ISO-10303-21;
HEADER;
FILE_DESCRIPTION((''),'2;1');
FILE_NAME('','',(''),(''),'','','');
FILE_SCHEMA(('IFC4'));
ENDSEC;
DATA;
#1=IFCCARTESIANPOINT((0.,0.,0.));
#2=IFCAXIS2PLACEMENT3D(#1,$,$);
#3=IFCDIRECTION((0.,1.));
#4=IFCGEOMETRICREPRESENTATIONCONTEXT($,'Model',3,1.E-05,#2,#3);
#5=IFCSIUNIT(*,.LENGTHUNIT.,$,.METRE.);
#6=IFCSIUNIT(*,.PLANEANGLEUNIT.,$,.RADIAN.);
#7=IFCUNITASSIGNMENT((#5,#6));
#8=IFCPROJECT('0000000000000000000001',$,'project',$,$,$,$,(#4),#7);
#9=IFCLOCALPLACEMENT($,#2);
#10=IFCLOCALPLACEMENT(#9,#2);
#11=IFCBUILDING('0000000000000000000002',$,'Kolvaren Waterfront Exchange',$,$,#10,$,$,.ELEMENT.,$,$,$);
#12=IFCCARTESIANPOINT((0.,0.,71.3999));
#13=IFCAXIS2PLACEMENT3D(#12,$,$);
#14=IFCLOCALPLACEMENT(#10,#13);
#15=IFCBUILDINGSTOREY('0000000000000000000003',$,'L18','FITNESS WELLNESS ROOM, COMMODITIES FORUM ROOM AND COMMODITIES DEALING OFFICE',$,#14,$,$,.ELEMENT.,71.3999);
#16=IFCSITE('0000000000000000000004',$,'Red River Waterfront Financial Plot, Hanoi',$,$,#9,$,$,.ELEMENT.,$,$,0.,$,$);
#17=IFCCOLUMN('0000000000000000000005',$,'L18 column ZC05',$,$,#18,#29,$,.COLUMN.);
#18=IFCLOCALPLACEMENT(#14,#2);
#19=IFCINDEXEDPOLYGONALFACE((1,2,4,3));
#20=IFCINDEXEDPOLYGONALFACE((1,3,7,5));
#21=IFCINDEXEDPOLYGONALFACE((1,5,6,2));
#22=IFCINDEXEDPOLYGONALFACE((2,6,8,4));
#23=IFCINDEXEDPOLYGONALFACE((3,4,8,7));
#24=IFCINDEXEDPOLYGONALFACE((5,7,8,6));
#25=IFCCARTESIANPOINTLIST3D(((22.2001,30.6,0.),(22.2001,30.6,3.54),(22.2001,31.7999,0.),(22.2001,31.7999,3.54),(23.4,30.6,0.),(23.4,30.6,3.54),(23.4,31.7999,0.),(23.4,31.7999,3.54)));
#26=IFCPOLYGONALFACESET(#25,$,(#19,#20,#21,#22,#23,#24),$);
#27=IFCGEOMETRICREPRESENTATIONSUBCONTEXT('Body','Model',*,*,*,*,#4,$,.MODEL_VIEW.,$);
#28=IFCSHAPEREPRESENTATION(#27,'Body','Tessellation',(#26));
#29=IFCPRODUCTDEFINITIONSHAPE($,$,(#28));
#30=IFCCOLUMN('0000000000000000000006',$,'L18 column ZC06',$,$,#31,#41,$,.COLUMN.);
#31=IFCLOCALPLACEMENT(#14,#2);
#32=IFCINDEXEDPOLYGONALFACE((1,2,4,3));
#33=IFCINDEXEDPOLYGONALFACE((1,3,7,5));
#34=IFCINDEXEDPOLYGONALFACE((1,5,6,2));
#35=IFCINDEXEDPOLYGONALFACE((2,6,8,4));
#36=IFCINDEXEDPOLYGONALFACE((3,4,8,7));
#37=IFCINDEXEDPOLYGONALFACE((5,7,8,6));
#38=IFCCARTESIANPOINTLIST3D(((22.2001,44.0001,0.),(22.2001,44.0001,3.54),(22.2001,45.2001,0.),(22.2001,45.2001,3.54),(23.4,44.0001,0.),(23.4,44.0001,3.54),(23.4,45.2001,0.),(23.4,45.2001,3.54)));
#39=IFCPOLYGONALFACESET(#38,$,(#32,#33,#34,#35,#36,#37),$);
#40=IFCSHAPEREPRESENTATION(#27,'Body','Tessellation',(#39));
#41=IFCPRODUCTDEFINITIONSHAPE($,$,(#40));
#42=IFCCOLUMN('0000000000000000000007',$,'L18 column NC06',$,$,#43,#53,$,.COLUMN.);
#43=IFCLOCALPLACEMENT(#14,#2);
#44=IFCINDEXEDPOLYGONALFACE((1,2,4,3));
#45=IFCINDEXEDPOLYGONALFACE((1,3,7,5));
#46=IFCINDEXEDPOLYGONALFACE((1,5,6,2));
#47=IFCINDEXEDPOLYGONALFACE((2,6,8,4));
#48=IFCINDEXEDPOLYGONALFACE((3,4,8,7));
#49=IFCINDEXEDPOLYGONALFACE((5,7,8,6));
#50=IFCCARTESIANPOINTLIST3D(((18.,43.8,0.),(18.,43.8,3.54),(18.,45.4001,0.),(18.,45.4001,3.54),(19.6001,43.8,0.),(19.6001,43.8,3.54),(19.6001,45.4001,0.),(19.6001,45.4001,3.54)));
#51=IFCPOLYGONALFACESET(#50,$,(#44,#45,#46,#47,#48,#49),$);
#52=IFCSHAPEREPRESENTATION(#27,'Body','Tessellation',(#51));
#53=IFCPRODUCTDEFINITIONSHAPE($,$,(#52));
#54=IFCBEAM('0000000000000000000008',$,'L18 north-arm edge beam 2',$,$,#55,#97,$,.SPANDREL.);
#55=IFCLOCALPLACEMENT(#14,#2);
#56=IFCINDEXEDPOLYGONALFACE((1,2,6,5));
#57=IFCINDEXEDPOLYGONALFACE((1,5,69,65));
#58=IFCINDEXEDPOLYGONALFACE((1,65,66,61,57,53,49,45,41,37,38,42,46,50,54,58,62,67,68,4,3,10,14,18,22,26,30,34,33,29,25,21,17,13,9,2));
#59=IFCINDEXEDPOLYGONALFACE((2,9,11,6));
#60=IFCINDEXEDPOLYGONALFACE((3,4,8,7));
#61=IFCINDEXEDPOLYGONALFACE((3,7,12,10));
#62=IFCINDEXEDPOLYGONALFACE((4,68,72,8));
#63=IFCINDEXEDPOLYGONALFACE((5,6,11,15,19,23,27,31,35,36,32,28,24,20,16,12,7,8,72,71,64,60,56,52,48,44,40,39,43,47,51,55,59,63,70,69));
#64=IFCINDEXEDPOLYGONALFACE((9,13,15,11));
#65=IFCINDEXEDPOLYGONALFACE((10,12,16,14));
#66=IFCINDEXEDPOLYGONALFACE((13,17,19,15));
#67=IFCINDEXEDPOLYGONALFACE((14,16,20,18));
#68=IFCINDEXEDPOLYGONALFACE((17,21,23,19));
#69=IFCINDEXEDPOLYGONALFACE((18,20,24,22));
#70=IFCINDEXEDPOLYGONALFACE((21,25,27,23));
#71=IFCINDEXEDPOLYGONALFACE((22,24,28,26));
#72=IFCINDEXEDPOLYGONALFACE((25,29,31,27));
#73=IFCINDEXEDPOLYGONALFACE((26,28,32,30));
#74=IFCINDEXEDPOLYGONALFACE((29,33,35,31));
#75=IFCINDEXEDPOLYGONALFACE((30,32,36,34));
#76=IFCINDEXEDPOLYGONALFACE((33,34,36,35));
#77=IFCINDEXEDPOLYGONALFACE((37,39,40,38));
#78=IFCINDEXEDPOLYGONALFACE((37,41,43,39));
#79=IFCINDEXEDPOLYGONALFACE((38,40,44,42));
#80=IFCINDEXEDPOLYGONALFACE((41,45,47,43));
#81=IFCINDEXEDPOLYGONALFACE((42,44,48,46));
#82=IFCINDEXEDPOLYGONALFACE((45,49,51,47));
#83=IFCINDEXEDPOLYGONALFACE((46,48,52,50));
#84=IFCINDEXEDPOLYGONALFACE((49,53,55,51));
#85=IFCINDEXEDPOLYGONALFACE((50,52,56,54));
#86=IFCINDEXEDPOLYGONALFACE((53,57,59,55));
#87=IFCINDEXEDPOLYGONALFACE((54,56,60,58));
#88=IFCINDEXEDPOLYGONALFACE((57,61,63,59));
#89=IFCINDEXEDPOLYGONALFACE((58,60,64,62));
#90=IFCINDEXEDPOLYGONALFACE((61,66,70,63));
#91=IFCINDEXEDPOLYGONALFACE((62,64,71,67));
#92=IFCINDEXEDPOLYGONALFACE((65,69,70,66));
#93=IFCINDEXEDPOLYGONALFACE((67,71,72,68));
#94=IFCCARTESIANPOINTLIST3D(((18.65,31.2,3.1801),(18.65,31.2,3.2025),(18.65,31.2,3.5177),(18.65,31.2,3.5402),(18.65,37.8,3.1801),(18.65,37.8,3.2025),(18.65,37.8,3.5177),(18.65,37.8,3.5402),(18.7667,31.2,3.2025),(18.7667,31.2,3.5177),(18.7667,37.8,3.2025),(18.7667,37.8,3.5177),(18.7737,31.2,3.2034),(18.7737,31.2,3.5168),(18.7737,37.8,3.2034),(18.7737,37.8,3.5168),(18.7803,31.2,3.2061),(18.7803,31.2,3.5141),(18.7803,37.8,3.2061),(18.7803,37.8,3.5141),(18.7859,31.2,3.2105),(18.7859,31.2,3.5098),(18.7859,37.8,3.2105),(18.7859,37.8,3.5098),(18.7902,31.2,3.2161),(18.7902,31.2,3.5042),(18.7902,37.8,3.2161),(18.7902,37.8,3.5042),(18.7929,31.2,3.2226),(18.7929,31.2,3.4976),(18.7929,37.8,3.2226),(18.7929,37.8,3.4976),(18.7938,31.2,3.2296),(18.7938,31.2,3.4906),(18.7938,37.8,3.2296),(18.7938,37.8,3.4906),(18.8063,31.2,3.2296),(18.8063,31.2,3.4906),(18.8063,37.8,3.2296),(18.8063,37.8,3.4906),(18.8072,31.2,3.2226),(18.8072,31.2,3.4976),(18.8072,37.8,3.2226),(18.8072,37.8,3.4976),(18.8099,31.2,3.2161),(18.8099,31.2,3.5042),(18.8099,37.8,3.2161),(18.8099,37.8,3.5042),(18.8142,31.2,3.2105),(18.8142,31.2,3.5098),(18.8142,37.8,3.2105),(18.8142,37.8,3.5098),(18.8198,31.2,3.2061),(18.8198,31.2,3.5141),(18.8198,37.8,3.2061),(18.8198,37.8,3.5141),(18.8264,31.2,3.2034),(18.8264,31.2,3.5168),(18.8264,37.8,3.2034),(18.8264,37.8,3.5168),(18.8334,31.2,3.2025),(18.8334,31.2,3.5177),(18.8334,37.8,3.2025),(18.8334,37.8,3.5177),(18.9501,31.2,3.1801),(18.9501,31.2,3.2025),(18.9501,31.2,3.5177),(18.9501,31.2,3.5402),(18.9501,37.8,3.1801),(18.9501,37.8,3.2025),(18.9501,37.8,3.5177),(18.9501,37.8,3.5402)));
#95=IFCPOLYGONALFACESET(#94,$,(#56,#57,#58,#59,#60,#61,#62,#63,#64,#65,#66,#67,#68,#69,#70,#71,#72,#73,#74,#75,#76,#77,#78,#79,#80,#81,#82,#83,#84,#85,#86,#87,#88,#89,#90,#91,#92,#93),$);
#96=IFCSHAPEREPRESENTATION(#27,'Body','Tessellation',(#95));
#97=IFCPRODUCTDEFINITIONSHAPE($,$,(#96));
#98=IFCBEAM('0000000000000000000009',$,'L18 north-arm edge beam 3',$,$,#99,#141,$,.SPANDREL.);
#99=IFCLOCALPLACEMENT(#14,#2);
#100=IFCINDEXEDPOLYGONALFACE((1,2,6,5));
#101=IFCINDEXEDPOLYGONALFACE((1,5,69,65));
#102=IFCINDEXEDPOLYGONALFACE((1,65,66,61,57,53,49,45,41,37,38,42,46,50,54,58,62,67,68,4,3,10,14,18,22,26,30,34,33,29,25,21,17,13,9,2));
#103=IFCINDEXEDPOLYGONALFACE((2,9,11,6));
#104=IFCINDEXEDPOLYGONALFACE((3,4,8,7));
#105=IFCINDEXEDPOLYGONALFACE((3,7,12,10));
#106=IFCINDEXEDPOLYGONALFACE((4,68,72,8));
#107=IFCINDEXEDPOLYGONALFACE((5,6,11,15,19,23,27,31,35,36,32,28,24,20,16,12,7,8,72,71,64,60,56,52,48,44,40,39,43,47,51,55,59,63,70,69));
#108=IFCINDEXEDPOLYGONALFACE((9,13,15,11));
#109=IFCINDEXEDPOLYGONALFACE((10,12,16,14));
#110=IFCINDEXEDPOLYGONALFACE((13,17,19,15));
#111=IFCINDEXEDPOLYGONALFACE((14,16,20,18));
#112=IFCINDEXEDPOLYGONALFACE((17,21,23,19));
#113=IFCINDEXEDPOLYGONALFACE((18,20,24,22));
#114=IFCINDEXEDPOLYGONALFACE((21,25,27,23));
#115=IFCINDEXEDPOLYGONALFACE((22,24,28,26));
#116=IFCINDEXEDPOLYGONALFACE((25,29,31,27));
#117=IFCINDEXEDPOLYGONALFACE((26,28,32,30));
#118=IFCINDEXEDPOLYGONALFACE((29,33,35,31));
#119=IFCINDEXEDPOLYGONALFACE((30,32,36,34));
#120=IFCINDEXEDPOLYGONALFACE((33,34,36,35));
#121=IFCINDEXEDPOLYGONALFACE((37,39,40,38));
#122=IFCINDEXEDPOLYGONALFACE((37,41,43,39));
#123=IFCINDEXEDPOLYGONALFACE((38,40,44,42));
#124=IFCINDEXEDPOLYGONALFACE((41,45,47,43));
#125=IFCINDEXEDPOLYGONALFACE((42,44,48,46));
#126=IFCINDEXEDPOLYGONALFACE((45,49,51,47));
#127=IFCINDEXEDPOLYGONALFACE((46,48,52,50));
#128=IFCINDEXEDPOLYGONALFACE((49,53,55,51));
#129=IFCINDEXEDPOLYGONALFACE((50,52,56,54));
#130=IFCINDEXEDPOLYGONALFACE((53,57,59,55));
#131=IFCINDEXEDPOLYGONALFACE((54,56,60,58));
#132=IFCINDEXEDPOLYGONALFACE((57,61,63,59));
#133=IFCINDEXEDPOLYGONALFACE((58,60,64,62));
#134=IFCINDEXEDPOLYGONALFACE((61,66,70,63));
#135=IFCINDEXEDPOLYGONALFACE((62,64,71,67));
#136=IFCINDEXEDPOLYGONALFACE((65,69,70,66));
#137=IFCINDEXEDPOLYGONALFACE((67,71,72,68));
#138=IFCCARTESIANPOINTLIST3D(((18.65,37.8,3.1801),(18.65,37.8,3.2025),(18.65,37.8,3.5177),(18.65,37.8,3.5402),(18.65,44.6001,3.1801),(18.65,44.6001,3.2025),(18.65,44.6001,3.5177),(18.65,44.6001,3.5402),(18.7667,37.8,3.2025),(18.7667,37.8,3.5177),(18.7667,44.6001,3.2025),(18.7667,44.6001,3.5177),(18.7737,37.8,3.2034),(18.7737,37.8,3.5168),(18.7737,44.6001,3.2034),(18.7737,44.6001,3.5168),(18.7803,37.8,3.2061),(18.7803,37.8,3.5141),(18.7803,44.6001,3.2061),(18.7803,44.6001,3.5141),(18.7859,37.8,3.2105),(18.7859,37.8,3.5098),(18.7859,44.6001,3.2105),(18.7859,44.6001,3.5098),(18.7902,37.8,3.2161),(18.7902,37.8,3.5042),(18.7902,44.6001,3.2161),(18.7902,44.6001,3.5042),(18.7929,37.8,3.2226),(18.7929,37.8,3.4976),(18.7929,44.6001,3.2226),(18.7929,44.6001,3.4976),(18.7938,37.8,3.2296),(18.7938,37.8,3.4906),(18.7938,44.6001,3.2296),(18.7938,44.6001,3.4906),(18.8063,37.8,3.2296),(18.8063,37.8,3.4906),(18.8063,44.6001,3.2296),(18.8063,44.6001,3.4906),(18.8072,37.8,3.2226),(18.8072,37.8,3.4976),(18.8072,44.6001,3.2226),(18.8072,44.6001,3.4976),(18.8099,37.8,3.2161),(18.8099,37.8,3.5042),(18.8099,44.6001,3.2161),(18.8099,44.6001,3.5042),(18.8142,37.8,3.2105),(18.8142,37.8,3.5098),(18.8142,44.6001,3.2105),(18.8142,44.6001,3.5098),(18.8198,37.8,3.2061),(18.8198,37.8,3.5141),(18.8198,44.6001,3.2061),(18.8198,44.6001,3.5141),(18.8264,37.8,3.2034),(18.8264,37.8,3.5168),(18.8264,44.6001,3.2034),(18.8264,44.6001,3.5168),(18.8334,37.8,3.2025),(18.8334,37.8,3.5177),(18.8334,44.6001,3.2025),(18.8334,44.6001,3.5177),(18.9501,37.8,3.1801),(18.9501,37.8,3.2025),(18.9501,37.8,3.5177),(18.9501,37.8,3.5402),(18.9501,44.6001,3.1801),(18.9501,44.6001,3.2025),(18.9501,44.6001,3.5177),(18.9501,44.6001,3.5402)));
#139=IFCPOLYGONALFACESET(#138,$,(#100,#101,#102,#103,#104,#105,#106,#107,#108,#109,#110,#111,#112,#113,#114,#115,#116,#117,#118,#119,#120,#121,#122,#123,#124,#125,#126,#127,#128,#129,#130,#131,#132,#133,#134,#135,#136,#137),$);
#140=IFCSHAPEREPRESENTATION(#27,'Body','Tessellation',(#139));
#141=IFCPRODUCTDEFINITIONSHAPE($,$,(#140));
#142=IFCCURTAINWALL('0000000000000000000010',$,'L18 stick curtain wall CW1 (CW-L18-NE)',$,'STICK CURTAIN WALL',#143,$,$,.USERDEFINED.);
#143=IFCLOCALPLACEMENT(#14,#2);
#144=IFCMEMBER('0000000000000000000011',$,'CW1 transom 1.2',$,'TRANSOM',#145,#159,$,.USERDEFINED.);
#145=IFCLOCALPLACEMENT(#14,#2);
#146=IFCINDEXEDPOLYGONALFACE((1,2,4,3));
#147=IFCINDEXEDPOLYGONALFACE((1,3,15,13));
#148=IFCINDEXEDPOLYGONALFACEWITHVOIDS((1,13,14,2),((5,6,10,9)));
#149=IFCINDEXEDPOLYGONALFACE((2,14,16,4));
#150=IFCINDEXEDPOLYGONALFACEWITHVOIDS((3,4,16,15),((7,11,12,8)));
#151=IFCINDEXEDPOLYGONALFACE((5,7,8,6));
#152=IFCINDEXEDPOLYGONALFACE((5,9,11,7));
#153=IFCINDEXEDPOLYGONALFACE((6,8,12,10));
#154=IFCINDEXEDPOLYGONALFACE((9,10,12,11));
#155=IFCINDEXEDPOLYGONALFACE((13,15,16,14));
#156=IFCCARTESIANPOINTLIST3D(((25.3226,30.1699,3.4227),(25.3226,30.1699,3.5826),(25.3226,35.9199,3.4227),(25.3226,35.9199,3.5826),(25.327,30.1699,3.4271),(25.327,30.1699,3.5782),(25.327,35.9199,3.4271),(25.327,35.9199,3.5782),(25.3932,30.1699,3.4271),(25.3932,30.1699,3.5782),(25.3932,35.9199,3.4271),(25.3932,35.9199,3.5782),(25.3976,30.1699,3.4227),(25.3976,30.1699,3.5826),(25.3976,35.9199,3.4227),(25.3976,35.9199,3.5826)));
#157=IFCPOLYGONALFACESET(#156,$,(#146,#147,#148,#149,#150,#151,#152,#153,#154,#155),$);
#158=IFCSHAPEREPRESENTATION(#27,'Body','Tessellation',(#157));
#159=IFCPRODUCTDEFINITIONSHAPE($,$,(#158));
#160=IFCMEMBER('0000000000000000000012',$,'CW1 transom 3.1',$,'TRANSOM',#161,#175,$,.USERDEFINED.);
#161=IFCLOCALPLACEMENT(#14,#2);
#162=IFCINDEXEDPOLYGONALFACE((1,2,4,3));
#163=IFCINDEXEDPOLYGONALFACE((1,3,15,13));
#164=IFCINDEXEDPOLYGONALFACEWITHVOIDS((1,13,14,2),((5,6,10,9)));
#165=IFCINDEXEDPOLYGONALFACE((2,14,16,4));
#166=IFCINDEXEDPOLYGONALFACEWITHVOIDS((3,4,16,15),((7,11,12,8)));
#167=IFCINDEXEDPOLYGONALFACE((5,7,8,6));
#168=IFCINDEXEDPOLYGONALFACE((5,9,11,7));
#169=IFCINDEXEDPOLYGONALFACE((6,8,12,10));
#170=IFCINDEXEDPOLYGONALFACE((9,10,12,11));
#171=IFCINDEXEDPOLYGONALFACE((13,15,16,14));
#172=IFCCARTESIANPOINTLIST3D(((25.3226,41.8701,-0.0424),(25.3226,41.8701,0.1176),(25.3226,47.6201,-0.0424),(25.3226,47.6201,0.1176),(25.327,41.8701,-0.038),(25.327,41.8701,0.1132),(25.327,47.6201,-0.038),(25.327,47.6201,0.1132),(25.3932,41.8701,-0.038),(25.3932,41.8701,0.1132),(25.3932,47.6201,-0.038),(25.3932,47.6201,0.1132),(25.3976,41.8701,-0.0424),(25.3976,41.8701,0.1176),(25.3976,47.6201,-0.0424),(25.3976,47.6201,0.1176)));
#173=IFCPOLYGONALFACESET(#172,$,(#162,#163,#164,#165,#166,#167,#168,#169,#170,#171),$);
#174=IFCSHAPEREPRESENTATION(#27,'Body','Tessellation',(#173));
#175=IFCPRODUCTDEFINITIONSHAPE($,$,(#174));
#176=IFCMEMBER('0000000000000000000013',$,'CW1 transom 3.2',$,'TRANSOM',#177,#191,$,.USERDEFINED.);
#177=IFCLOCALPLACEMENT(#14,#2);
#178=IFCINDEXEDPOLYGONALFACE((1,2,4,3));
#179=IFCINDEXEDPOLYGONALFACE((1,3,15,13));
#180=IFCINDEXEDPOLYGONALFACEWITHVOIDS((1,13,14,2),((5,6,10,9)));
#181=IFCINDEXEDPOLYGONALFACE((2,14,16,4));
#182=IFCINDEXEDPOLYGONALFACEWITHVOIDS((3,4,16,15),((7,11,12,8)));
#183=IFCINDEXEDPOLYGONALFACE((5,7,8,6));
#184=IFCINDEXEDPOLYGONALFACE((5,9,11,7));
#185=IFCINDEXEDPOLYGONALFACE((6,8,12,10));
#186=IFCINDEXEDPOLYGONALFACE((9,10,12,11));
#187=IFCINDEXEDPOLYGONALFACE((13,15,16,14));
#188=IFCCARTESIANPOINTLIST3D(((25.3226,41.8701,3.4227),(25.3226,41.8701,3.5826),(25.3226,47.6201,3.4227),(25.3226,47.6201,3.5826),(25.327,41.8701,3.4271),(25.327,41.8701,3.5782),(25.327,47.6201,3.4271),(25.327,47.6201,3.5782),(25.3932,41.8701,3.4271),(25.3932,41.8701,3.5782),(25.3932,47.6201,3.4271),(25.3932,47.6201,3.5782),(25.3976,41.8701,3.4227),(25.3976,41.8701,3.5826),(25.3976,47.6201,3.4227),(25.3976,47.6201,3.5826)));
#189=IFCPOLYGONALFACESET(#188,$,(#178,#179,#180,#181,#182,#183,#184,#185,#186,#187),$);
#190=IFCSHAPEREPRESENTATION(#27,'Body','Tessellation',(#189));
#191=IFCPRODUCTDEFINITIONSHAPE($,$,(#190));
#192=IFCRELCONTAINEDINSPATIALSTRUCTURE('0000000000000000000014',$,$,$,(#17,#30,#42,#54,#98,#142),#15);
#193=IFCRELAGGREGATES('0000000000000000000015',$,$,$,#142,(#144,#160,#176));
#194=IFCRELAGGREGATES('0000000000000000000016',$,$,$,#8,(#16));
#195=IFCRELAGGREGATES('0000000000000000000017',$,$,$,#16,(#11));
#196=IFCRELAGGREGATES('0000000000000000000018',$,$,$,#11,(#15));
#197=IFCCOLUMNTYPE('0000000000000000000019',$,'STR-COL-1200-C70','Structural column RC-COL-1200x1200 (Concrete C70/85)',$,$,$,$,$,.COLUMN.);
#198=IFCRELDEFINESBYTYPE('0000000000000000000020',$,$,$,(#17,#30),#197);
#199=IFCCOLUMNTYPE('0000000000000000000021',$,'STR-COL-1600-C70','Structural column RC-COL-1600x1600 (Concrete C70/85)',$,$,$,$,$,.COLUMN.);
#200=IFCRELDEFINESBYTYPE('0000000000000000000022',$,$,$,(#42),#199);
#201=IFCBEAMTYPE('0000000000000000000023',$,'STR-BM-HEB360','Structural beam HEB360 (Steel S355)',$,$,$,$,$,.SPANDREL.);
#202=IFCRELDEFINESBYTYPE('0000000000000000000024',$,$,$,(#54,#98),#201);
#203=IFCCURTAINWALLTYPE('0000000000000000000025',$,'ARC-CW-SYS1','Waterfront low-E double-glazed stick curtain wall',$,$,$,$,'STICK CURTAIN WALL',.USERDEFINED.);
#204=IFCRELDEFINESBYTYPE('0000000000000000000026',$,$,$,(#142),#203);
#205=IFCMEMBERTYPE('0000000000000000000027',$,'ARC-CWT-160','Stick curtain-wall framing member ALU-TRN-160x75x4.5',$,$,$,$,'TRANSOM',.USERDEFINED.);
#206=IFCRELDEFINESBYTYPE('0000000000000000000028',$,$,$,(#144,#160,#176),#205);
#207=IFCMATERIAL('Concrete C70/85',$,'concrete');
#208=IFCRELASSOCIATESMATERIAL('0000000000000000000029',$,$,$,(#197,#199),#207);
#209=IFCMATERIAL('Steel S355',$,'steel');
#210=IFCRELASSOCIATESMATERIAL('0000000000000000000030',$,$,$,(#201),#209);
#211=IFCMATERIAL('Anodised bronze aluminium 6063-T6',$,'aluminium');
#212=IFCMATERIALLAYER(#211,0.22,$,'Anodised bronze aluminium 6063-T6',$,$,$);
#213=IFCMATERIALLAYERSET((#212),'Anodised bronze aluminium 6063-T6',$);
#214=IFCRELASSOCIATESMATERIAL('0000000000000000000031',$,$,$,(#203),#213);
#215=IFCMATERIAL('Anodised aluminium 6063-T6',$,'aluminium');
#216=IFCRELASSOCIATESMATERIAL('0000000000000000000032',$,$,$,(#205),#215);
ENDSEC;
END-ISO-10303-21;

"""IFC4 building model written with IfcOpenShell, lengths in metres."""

from ifc_helpers import new_model, si_unit, direction, frame, origin, origin_with_axes, origin_2d, place, context, subcontext, project, spatial, rectangle, hollow_rectangle, i_section, extrude, source, transform, mapped, material, layer, layer_set, material_profile, profile_set, type_object, element, aggregate, save


model = new_model("IFC4")

# Units and contexts
model_context = context("Model", 3, precision=1e-05, world=origin(), true_north=direction((0.0, 1.0)))
body_context = subcontext(model_context, "Body", "Model", "MODEL_VIEW")
ifc_project = project(units=[si_unit("LENGTHUNIT", "METRE"), si_unit("PLANEANGLEUNIT", "RADIAN")], contexts=[model_context])

# Site, building, storey
site_placement = place(None, origin())
site = spatial("IfcSite", under=ifc_project, at=site_placement, Name="Red River Waterfront Financial Plot, Hanoi", CompositionType="ELEMENT", RefElevation=0.0)
building_placement = place(site_placement, origin())
building = spatial("IfcBuilding", under=site, at=building_placement, Name="Kolvaren Waterfront Exchange", CompositionType="ELEMENT")
storey_placement = place(building_placement, frame((0.0, 0.0, 71.3999)))
storey = spatial("IfcBuildingStorey", under=building, at=storey_placement, Name="L18", Description="FITNESS WELLNESS ROOM, COMMODITIES FORUM ROOM AND COMMODITIES DEALING OFFICE", CompositionType="ELEMENT", Elevation=71.3999)

# Columns
ifc_material_1 = material(Name="Concrete C70/85", Category="concrete")
ifc_material_profile_1 = material_profile(ifc_material_1, rectangle(XDim=1.2, YDim=1.2, at=origin_2d()), Name="RC-COL-1200x1200")
ifc_profile_set_1 = profile_set([ifc_material_profile_1], Name="Concrete C70/85")
column_type_1 = type_object("IfcColumnType", Name="STR-COL-1200-C70", Description="Structural column RC-COL-1200x1200 (Concrete C70/85)", PredefinedType="COLUMN", material=ifc_profile_set_1)
for number, where, z_axis, x_axis, name in (
    (1, (22.8, 31.2, 0.0), (0.0, 0.0, 1.0), (1.0, 0.0, 0.0), "L18 column ZC05"),
    (2, (22.8, 44.6001, 0.0), (0.0, 0.0, 1.0), (1.0, 0.0, 0.0), "L18 column ZC06"),
):
    element("IfcColumn", number, at=place(storey_placement, frame(where, z_axis=z_axis, x_axis=x_axis)), inside=storey, type_object=column_type_1, Name=name, PredefinedType="COLUMN", context=body_context, shape_type="SweptSolid", body=[
        extrude(rectangle(XDim=1.2, YDim=1.2, at=origin_2d()), origin(), (0.0, 0.0, 1.0), 3.54),
    ])
ifc_material_profile_2 = material_profile(ifc_material_1, rectangle(XDim=1.6001, YDim=1.6001, at=origin_2d()), Name="RC-COL-1600x1600")
ifc_profile_set_2 = profile_set([ifc_material_profile_2], Name="Concrete C70/85")
column_type_2 = type_object("IfcColumnType", Name="STR-COL-1600-C70", Description="Structural column RC-COL-1600x1600 (Concrete C70/85)", PredefinedType="COLUMN", material=ifc_profile_set_2)
column_placement = place(storey_placement, frame((18.8, 44.6001, 0.0), z_axis=(0.0, 0.0, 1.0), x_axis=(1.0, 0.0, 0.0)))
element("IfcColumn", 3, at=column_placement, inside=storey, type_object=column_type_2, Name="L18 column NC06", PredefinedType="COLUMN", context=body_context, shape_type="SweptSolid", body=[
    extrude(rectangle(XDim=1.6001, YDim=1.6001, at=origin_2d()), origin(), (0.0, 0.0, 1.0), 3.54),
])

# Beams
ifc_material_2 = material(Name="Steel S355", Category="steel")
ifc_material_profile_3 = material_profile(ifc_material_2, i_section(OverallWidth=0.3, OverallDepth=0.3601, WebThickness=0.0125, FlangeThickness=0.0225, FilletRadius=0.0271, at=origin_2d()), Name="HEB360")
ifc_profile_set_3 = profile_set([ifc_material_profile_3], Name="Steel S355")
beam_type = type_object("IfcBeamType", Name="STR-BM-HEB360", Description="Structural beam HEB360 (Steel S355)", PredefinedType="SPANDREL", material=ifc_profile_set_3)
beam_1_placement = place(storey_placement, frame((18.8, 31.2, 3.3601), z_axis=(0.0, 1.0, 0.0), x_axis=(-1.0, 0.0, 0.0)))
element("IfcBeam", 4, at=beam_1_placement, inside=storey, type_object=beam_type, Name="L18 north-arm edge beam 2", PredefinedType="SPANDREL", context=body_context, shape_type="SweptSolid", body=[
    extrude(i_section(OverallWidth=0.3, OverallDepth=0.3601, WebThickness=0.0125, FlangeThickness=0.0225, FilletRadius=0.0271, at=origin_2d()), origin(), (0.0, 0.0, 1.0), 6.6001),
])
beam_2_placement = place(storey_placement, frame((18.8, 37.8, 3.3601), z_axis=(0.0, 1.0, 0.0), x_axis=(-1.0, 0.0, 0.0)))
element("IfcBeam", 5, at=beam_2_placement, inside=storey, type_object=beam_type, Name="L18 north-arm edge beam 3", PredefinedType="SPANDREL", context=body_context, shape_type="SweptSolid", body=[
    extrude(i_section(OverallWidth=0.3, OverallDepth=0.3601, WebThickness=0.0125, FlangeThickness=0.0225, FilletRadius=0.0271, at=origin_2d()), origin(), (0.0, 0.0, 1.0), 6.8),
])

# Curtain wall, members
ifc_material_3 = material(Name="Anodised bronze aluminium 6063-T6", Category="aluminium")
ifc_layer_1 = layer(ifc_material_3, 0.22, Name="Anodised bronze aluminium 6063-T6")
ifc_layer_set_1 = layer_set([ifc_layer_1], Name="Anodised bronze aluminium 6063-T6")
curtain_wall_type = type_object("IfcCurtainWallType", Name="ARC-CW-SYS1", Description="Waterfront low-E double-glazed stick curtain wall", ElementType="STICK CURTAIN WALL", PredefinedType="USERDEFINED", material=ifc_layer_set_1)
curtain_wall_placement = place(storey_placement, origin())
curtain_wall = element("IfcCurtainWall", 6, at=curtain_wall_placement, inside=storey, type_object=curtain_wall_type, Name="L18 stick curtain wall CW1 (CW-L18-NE)", ObjectType="STICK CURTAIN WALL", PredefinedType="USERDEFINED")
ifc_material_4 = material(Name="Anodised aluminium 6063-T6", Category="aluminium")
ifc_material_profile_4 = material_profile(ifc_material_4, hollow_rectangle(XDim=0.075, YDim=0.1599, WallThickness=0.0044, at=origin_2d()), Name="ALU-TRN-160x75x4.5")
ifc_profile_set_4 = profile_set([ifc_material_profile_4], Name="Anodised aluminium 6063-T6")
member_type_1 = type_object("IfcMemberType", Name="ARC-CWT-160", Description="Stick curtain-wall framing member ALU-TRN-160x75x4.5", ElementType="TRANSOM", PredefinedType="USERDEFINED", material=ifc_profile_set_4)
shared_shape_1 = source(origin_with_axes(), body_context, "Body", "SweptSolid", [
    extrude(hollow_rectangle(XDim=0.075, YDim=0.1599, WallThickness=0.0044, at=origin_2d()), origin(), (0.0, 0.0, 1.0), 5.75),
])
member_1_placement = place(storey_placement, frame((25.3601, 30.1699, 3.5027), z_axis=(0.0, 1.0, 0.0), x_axis=(-1.0, 0.0, 0.0)))
member_1 = element("IfcMember", 7, at=member_1_placement, type_object=member_type_1, Name="CW1 transom 1.2", ObjectType="TRANSOM", PredefinedType="USERDEFINED", context=body_context, shape_type="MappedRepresentation", body=[
    mapped(shared_shape_1, transform((0.0, 0.0, 0.0), x_axis=(1.0, 0.0, 0.0), y_axis=(0.0, 1.0, 0.0), z_axis=(0.0, 0.0, 1.0), scale=1.0)),
])
member_2_placement = place(storey_placement, frame((25.3601, 41.8701, 0.0376), z_axis=(0.0, 1.0, 0.0), x_axis=(-1.0, 0.0, 0.0)))
member_2 = element("IfcMember", 8, at=member_2_placement, type_object=member_type_1, Name="CW1 transom 3.1", ObjectType="TRANSOM", PredefinedType="USERDEFINED", context=body_context, shape_type="MappedRepresentation", body=[
    mapped(shared_shape_1, transform((0.0, 0.0, 0.0), x_axis=(1.0, 0.0, 0.0), y_axis=(0.0, 1.0, 0.0), z_axis=(0.0, 0.0, 1.0), scale=1.0)),
])
member_3_placement = place(storey_placement, frame((25.3601, 41.8701, 3.5027), z_axis=(0.0, 1.0, 0.0), x_axis=(-1.0, 0.0, 0.0)))
member_3 = element("IfcMember", 9, at=member_3_placement, type_object=member_type_1, Name="CW1 transom 3.2", ObjectType="TRANSOM", PredefinedType="USERDEFINED", context=body_context, shape_type="MappedRepresentation", body=[
    mapped(shared_shape_1, transform((0.0, 0.0, 0.0), x_axis=(1.0, 0.0, 0.0), y_axis=(0.0, 1.0, 0.0), z_axis=(0.0, 0.0, 1.0), scale=1.0)),
])
aggregate(curtain_wall, [member_1, member_2, member_3])

save(model, "model.ifc")
